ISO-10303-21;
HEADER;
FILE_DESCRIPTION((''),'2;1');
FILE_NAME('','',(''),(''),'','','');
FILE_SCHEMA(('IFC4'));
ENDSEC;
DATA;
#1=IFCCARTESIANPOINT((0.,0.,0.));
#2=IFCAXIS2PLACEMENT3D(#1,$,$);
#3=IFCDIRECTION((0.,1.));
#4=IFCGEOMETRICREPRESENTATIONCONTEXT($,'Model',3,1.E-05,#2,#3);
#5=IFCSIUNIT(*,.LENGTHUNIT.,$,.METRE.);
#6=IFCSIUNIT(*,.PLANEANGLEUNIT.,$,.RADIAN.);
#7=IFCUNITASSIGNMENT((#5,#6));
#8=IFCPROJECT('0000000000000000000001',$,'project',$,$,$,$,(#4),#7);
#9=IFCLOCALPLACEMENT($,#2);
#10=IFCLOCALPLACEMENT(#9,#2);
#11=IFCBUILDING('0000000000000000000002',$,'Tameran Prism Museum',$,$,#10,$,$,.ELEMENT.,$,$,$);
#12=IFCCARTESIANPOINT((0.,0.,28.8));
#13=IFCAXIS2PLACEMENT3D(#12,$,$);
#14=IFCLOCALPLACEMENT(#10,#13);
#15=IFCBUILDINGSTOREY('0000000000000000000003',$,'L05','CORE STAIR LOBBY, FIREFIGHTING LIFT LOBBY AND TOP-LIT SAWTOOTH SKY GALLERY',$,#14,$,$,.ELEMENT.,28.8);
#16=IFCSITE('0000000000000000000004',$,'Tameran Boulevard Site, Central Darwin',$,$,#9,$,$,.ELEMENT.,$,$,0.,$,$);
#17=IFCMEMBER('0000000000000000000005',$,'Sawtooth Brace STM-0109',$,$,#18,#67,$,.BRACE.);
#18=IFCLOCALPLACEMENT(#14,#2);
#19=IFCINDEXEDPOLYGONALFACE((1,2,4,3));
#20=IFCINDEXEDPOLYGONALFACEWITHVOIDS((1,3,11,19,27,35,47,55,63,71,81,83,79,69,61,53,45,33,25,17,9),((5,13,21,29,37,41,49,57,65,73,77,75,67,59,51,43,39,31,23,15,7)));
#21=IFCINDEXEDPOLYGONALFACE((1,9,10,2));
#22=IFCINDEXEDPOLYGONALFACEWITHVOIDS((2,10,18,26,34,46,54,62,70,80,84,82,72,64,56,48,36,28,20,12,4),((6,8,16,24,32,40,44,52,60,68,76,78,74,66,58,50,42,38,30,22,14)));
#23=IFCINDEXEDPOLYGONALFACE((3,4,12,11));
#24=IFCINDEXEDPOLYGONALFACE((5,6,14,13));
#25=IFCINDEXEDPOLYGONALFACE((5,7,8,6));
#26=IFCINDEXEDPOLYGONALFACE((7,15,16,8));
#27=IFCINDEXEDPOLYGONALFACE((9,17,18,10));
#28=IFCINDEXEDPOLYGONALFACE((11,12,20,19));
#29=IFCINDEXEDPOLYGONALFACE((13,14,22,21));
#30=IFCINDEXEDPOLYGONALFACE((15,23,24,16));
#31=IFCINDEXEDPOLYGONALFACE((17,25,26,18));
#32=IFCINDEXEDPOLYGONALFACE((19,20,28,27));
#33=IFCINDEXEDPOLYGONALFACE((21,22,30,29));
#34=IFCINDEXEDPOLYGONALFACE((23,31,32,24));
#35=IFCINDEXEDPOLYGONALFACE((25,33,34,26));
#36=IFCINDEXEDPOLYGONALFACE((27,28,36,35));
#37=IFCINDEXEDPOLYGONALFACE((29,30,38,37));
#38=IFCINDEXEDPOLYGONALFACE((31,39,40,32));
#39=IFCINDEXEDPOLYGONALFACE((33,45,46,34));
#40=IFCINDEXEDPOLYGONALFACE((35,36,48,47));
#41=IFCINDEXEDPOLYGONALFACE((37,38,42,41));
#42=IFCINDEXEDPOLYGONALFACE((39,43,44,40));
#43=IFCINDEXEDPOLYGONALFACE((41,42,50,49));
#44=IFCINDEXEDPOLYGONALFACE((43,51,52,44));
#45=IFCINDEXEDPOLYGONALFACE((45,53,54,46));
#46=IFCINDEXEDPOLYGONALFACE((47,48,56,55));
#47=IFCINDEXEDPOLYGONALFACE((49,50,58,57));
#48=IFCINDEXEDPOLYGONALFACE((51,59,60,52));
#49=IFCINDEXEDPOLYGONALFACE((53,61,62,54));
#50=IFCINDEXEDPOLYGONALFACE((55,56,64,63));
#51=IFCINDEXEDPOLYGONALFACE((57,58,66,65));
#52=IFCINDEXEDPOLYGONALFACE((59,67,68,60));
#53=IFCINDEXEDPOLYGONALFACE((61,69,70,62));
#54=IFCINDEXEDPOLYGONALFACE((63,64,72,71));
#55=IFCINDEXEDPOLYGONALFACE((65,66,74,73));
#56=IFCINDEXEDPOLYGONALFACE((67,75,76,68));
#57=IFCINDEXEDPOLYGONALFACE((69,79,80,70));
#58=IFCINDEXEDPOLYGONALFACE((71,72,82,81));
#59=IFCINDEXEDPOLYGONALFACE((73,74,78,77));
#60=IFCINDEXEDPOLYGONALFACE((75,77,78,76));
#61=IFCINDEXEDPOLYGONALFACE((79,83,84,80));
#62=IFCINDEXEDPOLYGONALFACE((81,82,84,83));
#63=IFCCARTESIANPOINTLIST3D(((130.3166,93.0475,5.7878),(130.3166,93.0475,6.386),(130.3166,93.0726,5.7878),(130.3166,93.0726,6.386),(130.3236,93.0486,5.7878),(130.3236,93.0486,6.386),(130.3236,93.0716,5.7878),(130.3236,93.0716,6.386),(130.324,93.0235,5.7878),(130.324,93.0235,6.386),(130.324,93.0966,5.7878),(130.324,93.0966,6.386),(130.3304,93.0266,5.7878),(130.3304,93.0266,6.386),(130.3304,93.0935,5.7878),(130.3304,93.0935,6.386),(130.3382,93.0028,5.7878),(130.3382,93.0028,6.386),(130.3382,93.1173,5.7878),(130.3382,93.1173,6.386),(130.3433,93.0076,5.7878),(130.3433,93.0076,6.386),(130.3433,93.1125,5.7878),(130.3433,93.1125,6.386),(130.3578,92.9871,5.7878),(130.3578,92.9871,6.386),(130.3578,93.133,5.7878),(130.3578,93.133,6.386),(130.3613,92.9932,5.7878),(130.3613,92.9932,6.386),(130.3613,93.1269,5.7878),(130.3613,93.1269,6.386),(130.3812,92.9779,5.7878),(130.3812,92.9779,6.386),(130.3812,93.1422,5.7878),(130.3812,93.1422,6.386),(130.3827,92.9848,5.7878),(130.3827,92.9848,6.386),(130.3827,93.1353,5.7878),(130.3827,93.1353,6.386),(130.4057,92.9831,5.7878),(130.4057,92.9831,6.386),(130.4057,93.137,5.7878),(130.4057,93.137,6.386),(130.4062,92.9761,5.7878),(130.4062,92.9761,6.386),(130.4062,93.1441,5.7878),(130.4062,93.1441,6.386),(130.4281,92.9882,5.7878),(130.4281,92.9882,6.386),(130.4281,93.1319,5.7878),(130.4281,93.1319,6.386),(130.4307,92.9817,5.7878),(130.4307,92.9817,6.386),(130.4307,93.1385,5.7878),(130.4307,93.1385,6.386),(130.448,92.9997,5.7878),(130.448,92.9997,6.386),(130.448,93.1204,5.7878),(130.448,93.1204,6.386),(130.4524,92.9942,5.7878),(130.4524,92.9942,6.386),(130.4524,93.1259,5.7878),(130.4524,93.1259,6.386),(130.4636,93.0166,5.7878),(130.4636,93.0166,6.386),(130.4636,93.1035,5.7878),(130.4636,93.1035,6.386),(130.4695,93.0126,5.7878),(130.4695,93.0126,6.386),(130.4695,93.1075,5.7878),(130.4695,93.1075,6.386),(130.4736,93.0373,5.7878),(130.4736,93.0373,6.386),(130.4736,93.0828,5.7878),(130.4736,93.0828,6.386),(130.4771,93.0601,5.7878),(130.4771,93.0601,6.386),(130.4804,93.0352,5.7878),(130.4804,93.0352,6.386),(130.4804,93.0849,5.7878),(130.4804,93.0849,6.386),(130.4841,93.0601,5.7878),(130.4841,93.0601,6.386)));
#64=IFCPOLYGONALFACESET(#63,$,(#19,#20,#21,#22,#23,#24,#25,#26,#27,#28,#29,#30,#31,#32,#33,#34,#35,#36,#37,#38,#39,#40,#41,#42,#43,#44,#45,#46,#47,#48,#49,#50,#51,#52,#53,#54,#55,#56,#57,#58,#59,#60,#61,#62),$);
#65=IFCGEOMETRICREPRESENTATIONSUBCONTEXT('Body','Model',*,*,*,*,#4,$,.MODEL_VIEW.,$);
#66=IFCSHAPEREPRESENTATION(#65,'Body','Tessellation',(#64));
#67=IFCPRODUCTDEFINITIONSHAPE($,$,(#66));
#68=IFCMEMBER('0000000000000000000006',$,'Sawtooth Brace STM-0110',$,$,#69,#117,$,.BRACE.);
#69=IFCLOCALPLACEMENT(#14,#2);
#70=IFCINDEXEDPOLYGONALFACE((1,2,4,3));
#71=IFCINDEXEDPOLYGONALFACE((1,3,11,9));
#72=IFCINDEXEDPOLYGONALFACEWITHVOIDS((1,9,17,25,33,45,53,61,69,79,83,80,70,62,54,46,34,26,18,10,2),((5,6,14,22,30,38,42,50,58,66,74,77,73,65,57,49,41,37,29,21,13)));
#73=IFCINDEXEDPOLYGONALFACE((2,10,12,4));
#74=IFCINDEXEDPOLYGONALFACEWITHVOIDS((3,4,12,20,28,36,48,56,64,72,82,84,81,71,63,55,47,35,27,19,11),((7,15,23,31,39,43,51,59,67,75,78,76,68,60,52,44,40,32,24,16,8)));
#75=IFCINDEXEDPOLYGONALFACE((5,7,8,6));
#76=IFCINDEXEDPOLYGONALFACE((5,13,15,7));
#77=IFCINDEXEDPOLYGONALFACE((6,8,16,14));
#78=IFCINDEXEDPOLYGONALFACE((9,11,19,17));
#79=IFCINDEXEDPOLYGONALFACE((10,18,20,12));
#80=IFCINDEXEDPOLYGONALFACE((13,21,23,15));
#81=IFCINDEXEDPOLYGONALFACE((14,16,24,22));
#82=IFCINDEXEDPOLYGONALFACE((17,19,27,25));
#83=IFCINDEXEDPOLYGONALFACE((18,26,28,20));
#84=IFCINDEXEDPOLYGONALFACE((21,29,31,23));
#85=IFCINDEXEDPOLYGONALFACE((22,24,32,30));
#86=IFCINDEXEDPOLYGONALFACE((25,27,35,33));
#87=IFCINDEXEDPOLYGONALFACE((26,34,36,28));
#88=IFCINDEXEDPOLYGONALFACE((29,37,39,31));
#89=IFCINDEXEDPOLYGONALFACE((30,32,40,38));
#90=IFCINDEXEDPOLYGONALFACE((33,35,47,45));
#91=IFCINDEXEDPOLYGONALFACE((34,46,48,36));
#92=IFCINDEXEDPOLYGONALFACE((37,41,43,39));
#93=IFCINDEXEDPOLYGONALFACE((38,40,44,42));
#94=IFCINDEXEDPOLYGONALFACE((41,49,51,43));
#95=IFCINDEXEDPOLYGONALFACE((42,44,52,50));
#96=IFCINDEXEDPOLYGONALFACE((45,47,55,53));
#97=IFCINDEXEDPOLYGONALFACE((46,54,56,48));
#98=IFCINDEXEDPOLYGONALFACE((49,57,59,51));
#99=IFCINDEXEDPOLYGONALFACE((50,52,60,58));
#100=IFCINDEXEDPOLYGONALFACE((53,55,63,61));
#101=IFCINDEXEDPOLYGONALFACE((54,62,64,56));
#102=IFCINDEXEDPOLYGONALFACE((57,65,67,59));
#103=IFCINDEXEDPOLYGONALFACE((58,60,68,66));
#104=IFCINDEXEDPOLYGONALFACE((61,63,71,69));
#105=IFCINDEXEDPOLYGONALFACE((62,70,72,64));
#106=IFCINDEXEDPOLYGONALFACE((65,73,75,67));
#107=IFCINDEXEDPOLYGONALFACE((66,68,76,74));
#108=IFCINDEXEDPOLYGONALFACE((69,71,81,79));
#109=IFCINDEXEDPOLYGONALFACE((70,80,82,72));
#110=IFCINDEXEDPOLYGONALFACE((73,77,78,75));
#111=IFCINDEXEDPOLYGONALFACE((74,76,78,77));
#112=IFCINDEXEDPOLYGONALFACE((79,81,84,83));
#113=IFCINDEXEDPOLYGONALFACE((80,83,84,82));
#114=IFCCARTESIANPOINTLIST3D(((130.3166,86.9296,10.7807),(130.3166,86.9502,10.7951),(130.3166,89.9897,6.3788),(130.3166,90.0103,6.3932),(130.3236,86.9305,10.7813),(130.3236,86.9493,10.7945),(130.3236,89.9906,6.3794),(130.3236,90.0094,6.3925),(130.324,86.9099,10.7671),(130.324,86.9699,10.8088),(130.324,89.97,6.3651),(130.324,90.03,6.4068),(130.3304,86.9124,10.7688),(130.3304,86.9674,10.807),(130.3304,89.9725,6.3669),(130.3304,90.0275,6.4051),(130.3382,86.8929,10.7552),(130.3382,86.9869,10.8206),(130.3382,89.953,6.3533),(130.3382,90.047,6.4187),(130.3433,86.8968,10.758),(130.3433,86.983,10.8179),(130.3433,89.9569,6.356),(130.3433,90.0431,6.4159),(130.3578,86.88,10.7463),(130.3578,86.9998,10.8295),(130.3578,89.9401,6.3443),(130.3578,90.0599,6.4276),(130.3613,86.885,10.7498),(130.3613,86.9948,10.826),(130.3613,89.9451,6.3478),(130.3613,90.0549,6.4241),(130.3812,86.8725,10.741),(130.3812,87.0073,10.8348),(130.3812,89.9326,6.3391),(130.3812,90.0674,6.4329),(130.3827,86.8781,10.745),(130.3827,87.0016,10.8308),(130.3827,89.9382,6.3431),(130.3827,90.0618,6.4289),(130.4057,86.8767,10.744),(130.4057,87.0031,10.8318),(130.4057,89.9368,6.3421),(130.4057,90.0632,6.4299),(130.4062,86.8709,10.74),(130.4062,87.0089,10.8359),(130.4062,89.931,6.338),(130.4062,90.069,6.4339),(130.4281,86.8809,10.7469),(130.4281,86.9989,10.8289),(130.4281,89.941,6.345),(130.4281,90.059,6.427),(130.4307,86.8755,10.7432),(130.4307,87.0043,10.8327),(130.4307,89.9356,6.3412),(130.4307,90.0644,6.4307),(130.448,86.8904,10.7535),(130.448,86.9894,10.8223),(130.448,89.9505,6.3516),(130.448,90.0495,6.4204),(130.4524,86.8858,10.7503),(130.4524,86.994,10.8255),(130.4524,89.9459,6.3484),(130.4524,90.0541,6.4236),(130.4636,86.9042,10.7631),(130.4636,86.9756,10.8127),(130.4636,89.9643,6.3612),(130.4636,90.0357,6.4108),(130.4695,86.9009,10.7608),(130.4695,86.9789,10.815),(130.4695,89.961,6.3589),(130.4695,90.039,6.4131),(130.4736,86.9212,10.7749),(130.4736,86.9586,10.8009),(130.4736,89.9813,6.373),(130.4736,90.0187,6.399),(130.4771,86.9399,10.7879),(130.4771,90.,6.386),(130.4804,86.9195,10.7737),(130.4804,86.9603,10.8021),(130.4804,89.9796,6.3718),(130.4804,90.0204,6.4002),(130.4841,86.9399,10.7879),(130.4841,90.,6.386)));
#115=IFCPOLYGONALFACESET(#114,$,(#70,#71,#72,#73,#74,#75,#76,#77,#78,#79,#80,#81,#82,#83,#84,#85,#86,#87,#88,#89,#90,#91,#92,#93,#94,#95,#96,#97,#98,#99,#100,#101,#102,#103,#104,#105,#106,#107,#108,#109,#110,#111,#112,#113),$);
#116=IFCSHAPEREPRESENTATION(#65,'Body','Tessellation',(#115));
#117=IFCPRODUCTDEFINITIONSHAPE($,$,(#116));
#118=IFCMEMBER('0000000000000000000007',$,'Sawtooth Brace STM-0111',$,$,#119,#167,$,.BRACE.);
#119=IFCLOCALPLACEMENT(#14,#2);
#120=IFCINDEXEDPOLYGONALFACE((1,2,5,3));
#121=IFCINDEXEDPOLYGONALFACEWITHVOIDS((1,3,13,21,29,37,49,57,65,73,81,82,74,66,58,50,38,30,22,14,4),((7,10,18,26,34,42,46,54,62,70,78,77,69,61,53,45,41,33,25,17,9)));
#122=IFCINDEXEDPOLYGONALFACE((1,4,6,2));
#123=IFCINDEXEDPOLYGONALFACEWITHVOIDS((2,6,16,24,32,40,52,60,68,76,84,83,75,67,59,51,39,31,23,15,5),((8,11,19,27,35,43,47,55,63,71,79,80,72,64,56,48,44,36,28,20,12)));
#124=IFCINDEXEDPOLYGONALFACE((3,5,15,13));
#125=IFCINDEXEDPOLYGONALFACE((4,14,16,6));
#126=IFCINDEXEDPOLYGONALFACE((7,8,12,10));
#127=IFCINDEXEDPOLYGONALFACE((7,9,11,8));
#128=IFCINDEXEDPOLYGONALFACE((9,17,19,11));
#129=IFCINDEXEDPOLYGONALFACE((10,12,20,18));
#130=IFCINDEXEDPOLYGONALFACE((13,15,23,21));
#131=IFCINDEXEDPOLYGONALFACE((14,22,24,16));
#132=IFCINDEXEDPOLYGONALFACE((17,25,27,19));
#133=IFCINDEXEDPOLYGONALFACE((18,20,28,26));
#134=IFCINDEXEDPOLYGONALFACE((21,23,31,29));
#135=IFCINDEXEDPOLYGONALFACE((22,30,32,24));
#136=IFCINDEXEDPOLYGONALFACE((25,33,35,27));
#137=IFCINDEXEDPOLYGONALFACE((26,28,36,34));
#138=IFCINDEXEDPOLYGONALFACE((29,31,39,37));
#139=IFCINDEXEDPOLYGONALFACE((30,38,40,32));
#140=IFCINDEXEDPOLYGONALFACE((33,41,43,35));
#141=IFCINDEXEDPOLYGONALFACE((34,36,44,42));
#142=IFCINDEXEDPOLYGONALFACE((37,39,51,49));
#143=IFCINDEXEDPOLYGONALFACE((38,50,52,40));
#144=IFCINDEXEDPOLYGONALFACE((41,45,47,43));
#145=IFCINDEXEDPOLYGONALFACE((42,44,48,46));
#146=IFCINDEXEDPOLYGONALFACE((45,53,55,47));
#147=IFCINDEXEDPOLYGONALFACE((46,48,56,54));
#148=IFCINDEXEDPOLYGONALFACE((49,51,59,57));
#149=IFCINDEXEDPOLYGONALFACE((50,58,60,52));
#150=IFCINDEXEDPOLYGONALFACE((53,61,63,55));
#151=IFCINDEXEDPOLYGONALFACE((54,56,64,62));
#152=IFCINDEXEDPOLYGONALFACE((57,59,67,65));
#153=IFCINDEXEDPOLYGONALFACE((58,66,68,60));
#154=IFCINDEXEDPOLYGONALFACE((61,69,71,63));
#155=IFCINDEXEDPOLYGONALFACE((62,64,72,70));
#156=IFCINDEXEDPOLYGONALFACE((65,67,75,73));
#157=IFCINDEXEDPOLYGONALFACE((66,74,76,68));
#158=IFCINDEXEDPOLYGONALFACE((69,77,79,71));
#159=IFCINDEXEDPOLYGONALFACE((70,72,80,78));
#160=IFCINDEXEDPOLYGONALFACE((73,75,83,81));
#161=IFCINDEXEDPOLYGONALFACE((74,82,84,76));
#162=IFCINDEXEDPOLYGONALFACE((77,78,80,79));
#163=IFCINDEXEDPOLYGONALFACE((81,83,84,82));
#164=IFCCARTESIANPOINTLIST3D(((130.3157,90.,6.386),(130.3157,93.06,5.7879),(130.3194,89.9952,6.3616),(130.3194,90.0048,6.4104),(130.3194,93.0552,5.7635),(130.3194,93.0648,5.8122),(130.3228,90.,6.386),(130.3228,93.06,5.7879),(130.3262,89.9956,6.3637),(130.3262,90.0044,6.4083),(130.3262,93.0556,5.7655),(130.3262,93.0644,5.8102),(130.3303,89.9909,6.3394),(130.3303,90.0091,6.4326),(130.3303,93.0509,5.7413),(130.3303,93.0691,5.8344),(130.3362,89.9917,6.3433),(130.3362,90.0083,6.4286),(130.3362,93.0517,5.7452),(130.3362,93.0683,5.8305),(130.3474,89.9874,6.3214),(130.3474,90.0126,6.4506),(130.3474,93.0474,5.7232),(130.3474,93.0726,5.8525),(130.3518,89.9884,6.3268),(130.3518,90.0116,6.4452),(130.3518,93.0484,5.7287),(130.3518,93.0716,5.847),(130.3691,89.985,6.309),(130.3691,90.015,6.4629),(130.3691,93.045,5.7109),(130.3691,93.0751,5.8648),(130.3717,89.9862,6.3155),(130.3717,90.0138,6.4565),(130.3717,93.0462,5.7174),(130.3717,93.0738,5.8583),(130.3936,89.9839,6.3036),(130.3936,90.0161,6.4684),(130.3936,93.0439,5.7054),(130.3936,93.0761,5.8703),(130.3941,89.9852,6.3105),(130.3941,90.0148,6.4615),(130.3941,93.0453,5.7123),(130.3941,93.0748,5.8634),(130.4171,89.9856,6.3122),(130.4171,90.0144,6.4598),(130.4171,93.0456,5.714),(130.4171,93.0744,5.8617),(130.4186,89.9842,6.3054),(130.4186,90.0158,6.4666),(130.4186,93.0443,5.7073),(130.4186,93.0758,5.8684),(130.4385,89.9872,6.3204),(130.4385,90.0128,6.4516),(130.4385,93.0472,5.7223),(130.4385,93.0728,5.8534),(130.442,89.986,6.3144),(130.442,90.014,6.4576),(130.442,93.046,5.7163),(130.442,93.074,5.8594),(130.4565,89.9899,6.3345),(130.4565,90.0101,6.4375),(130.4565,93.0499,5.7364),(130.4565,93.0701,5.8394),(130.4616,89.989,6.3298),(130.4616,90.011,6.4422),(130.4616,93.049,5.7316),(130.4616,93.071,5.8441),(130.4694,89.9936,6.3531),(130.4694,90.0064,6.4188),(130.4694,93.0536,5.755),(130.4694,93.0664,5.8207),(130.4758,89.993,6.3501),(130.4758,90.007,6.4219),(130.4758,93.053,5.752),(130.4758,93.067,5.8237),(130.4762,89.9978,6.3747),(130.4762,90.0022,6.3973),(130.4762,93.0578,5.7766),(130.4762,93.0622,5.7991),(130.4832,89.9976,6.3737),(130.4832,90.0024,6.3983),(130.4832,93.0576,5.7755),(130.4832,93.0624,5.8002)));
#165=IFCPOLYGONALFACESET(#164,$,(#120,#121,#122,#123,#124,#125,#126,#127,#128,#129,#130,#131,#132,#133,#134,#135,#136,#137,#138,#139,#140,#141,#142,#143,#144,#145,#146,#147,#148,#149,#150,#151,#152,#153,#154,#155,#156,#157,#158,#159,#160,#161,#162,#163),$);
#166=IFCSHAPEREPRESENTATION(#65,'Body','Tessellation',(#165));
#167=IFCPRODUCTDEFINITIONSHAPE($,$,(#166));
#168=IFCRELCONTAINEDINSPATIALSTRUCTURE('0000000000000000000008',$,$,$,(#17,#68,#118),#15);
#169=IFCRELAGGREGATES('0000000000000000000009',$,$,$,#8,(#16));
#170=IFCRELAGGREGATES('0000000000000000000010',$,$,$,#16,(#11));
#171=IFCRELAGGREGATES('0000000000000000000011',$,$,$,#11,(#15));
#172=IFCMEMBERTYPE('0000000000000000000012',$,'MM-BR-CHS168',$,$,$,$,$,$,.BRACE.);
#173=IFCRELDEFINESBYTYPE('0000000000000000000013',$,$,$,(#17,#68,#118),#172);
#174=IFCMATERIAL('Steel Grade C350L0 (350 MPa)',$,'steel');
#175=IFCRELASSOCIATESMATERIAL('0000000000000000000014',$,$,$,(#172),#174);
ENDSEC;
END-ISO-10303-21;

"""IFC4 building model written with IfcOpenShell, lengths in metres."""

from ifc_helpers import new_model, si_unit, direction, frame, origin, origin_2d, place, context, subcontext, project, spatial, hollow_circle, extrude, material, material_profile, profile_set, type_object, element, save


model = new_model("IFC4")

# Units and contexts
model_context = context("Model", 3, precision=1e-05, world=origin(), true_north=direction((0.0, 1.0)))
body_context = subcontext(model_context, "Body", "Model", "MODEL_VIEW")
ifc_project = project(units=[si_unit("LENGTHUNIT", "METRE"), si_unit("PLANEANGLEUNIT", "RADIAN")], contexts=[model_context])

# Site, building, storey
site_placement = place(None, origin())
site = spatial("IfcSite", under=ifc_project, at=site_placement, Name="Tameran Boulevard Site, Central Darwin", CompositionType="ELEMENT", RefElevation=0.0)
building_placement = place(site_placement, origin())
building = spatial("IfcBuilding", under=site, at=building_placement, Name="Tameran Prism Museum", CompositionType="ELEMENT")
storey_placement = place(building_placement, frame((0.0, 0.0, 28.8)))
storey = spatial("IfcBuildingStorey", under=building, at=storey_placement, Name="L05", Description="CORE STAIR LOBBY, FIREFIGHTING LIFT LOBBY AND TOP-LIT SAWTOOTH SKY GALLERY", CompositionType="ELEMENT", Elevation=28.8)

# Members
ifc_material_1 = material(Name="Steel Grade C350L0 (350 MPa)", Category="steel")
ifc_material_profile_1 = material_profile(ifc_material_1, hollow_circle(Radius=0.0842, WallThickness=0.0071, at=origin_2d()))
ifc_profile_set_1 = profile_set([ifc_material_profile_1])
member_type_1 = type_object("IfcMemberType", Name="MM-BR-CHS168", PredefinedType="BRACE", material=ifc_profile_set_1)
member_1_placement = place(storey_placement, frame((130.3999, 93.0601, 6.386), z_axis=(0.0, 0.0, -1.0), x_axis=(1.0, 0.0, 0.0)))
element("IfcMember", 1, at=member_1_placement, inside=storey, type_object=member_type_1, Name="Sawtooth Brace STM-0109", PredefinedType="BRACE", context=body_context, shape_type="SweptSolid", body=[
    extrude(hollow_circle(Radius=0.0842, WallThickness=0.0071, at=origin_2d()), origin(), (0.0, 0.0, 1.0), 0.5981),
])
member_2_placement = place(storey_placement, frame((130.3999, 90.0, 6.386), z_axis=(0.0, -0.5708, 0.821089), x_axis=(1.0, 0.0, 0.0)))
element("IfcMember", 2, at=member_2_placement, inside=storey, type_object=member_type_1, Name="Sawtooth Brace STM-0110", PredefinedType="BRACE", context=body_context, shape_type="SweptSolid", body=[
    extrude(hollow_circle(Radius=0.0842, WallThickness=0.0071, at=origin_2d()), origin(), (0.0, 0.0, 1.0), 5.3611),
])
member_3_placement = place(storey_placement, frame((130.3999, 90.0, 6.386), z_axis=(0.0, 0.981427, -0.191838), x_axis=(-1.0, 0.0, 0.0)))
element("IfcMember", 3, at=member_3_placement, inside=storey, type_object=member_type_1, Name="Sawtooth Brace STM-0111", PredefinedType="BRACE", context=body_context, shape_type="SweptSolid", body=[
    extrude(hollow_circle(Radius=0.0842, WallThickness=0.0071, at=origin_2d()), origin(), (0.0, 0.0, 1.0), 3.1179),
])

save(model, "model.ifc")
